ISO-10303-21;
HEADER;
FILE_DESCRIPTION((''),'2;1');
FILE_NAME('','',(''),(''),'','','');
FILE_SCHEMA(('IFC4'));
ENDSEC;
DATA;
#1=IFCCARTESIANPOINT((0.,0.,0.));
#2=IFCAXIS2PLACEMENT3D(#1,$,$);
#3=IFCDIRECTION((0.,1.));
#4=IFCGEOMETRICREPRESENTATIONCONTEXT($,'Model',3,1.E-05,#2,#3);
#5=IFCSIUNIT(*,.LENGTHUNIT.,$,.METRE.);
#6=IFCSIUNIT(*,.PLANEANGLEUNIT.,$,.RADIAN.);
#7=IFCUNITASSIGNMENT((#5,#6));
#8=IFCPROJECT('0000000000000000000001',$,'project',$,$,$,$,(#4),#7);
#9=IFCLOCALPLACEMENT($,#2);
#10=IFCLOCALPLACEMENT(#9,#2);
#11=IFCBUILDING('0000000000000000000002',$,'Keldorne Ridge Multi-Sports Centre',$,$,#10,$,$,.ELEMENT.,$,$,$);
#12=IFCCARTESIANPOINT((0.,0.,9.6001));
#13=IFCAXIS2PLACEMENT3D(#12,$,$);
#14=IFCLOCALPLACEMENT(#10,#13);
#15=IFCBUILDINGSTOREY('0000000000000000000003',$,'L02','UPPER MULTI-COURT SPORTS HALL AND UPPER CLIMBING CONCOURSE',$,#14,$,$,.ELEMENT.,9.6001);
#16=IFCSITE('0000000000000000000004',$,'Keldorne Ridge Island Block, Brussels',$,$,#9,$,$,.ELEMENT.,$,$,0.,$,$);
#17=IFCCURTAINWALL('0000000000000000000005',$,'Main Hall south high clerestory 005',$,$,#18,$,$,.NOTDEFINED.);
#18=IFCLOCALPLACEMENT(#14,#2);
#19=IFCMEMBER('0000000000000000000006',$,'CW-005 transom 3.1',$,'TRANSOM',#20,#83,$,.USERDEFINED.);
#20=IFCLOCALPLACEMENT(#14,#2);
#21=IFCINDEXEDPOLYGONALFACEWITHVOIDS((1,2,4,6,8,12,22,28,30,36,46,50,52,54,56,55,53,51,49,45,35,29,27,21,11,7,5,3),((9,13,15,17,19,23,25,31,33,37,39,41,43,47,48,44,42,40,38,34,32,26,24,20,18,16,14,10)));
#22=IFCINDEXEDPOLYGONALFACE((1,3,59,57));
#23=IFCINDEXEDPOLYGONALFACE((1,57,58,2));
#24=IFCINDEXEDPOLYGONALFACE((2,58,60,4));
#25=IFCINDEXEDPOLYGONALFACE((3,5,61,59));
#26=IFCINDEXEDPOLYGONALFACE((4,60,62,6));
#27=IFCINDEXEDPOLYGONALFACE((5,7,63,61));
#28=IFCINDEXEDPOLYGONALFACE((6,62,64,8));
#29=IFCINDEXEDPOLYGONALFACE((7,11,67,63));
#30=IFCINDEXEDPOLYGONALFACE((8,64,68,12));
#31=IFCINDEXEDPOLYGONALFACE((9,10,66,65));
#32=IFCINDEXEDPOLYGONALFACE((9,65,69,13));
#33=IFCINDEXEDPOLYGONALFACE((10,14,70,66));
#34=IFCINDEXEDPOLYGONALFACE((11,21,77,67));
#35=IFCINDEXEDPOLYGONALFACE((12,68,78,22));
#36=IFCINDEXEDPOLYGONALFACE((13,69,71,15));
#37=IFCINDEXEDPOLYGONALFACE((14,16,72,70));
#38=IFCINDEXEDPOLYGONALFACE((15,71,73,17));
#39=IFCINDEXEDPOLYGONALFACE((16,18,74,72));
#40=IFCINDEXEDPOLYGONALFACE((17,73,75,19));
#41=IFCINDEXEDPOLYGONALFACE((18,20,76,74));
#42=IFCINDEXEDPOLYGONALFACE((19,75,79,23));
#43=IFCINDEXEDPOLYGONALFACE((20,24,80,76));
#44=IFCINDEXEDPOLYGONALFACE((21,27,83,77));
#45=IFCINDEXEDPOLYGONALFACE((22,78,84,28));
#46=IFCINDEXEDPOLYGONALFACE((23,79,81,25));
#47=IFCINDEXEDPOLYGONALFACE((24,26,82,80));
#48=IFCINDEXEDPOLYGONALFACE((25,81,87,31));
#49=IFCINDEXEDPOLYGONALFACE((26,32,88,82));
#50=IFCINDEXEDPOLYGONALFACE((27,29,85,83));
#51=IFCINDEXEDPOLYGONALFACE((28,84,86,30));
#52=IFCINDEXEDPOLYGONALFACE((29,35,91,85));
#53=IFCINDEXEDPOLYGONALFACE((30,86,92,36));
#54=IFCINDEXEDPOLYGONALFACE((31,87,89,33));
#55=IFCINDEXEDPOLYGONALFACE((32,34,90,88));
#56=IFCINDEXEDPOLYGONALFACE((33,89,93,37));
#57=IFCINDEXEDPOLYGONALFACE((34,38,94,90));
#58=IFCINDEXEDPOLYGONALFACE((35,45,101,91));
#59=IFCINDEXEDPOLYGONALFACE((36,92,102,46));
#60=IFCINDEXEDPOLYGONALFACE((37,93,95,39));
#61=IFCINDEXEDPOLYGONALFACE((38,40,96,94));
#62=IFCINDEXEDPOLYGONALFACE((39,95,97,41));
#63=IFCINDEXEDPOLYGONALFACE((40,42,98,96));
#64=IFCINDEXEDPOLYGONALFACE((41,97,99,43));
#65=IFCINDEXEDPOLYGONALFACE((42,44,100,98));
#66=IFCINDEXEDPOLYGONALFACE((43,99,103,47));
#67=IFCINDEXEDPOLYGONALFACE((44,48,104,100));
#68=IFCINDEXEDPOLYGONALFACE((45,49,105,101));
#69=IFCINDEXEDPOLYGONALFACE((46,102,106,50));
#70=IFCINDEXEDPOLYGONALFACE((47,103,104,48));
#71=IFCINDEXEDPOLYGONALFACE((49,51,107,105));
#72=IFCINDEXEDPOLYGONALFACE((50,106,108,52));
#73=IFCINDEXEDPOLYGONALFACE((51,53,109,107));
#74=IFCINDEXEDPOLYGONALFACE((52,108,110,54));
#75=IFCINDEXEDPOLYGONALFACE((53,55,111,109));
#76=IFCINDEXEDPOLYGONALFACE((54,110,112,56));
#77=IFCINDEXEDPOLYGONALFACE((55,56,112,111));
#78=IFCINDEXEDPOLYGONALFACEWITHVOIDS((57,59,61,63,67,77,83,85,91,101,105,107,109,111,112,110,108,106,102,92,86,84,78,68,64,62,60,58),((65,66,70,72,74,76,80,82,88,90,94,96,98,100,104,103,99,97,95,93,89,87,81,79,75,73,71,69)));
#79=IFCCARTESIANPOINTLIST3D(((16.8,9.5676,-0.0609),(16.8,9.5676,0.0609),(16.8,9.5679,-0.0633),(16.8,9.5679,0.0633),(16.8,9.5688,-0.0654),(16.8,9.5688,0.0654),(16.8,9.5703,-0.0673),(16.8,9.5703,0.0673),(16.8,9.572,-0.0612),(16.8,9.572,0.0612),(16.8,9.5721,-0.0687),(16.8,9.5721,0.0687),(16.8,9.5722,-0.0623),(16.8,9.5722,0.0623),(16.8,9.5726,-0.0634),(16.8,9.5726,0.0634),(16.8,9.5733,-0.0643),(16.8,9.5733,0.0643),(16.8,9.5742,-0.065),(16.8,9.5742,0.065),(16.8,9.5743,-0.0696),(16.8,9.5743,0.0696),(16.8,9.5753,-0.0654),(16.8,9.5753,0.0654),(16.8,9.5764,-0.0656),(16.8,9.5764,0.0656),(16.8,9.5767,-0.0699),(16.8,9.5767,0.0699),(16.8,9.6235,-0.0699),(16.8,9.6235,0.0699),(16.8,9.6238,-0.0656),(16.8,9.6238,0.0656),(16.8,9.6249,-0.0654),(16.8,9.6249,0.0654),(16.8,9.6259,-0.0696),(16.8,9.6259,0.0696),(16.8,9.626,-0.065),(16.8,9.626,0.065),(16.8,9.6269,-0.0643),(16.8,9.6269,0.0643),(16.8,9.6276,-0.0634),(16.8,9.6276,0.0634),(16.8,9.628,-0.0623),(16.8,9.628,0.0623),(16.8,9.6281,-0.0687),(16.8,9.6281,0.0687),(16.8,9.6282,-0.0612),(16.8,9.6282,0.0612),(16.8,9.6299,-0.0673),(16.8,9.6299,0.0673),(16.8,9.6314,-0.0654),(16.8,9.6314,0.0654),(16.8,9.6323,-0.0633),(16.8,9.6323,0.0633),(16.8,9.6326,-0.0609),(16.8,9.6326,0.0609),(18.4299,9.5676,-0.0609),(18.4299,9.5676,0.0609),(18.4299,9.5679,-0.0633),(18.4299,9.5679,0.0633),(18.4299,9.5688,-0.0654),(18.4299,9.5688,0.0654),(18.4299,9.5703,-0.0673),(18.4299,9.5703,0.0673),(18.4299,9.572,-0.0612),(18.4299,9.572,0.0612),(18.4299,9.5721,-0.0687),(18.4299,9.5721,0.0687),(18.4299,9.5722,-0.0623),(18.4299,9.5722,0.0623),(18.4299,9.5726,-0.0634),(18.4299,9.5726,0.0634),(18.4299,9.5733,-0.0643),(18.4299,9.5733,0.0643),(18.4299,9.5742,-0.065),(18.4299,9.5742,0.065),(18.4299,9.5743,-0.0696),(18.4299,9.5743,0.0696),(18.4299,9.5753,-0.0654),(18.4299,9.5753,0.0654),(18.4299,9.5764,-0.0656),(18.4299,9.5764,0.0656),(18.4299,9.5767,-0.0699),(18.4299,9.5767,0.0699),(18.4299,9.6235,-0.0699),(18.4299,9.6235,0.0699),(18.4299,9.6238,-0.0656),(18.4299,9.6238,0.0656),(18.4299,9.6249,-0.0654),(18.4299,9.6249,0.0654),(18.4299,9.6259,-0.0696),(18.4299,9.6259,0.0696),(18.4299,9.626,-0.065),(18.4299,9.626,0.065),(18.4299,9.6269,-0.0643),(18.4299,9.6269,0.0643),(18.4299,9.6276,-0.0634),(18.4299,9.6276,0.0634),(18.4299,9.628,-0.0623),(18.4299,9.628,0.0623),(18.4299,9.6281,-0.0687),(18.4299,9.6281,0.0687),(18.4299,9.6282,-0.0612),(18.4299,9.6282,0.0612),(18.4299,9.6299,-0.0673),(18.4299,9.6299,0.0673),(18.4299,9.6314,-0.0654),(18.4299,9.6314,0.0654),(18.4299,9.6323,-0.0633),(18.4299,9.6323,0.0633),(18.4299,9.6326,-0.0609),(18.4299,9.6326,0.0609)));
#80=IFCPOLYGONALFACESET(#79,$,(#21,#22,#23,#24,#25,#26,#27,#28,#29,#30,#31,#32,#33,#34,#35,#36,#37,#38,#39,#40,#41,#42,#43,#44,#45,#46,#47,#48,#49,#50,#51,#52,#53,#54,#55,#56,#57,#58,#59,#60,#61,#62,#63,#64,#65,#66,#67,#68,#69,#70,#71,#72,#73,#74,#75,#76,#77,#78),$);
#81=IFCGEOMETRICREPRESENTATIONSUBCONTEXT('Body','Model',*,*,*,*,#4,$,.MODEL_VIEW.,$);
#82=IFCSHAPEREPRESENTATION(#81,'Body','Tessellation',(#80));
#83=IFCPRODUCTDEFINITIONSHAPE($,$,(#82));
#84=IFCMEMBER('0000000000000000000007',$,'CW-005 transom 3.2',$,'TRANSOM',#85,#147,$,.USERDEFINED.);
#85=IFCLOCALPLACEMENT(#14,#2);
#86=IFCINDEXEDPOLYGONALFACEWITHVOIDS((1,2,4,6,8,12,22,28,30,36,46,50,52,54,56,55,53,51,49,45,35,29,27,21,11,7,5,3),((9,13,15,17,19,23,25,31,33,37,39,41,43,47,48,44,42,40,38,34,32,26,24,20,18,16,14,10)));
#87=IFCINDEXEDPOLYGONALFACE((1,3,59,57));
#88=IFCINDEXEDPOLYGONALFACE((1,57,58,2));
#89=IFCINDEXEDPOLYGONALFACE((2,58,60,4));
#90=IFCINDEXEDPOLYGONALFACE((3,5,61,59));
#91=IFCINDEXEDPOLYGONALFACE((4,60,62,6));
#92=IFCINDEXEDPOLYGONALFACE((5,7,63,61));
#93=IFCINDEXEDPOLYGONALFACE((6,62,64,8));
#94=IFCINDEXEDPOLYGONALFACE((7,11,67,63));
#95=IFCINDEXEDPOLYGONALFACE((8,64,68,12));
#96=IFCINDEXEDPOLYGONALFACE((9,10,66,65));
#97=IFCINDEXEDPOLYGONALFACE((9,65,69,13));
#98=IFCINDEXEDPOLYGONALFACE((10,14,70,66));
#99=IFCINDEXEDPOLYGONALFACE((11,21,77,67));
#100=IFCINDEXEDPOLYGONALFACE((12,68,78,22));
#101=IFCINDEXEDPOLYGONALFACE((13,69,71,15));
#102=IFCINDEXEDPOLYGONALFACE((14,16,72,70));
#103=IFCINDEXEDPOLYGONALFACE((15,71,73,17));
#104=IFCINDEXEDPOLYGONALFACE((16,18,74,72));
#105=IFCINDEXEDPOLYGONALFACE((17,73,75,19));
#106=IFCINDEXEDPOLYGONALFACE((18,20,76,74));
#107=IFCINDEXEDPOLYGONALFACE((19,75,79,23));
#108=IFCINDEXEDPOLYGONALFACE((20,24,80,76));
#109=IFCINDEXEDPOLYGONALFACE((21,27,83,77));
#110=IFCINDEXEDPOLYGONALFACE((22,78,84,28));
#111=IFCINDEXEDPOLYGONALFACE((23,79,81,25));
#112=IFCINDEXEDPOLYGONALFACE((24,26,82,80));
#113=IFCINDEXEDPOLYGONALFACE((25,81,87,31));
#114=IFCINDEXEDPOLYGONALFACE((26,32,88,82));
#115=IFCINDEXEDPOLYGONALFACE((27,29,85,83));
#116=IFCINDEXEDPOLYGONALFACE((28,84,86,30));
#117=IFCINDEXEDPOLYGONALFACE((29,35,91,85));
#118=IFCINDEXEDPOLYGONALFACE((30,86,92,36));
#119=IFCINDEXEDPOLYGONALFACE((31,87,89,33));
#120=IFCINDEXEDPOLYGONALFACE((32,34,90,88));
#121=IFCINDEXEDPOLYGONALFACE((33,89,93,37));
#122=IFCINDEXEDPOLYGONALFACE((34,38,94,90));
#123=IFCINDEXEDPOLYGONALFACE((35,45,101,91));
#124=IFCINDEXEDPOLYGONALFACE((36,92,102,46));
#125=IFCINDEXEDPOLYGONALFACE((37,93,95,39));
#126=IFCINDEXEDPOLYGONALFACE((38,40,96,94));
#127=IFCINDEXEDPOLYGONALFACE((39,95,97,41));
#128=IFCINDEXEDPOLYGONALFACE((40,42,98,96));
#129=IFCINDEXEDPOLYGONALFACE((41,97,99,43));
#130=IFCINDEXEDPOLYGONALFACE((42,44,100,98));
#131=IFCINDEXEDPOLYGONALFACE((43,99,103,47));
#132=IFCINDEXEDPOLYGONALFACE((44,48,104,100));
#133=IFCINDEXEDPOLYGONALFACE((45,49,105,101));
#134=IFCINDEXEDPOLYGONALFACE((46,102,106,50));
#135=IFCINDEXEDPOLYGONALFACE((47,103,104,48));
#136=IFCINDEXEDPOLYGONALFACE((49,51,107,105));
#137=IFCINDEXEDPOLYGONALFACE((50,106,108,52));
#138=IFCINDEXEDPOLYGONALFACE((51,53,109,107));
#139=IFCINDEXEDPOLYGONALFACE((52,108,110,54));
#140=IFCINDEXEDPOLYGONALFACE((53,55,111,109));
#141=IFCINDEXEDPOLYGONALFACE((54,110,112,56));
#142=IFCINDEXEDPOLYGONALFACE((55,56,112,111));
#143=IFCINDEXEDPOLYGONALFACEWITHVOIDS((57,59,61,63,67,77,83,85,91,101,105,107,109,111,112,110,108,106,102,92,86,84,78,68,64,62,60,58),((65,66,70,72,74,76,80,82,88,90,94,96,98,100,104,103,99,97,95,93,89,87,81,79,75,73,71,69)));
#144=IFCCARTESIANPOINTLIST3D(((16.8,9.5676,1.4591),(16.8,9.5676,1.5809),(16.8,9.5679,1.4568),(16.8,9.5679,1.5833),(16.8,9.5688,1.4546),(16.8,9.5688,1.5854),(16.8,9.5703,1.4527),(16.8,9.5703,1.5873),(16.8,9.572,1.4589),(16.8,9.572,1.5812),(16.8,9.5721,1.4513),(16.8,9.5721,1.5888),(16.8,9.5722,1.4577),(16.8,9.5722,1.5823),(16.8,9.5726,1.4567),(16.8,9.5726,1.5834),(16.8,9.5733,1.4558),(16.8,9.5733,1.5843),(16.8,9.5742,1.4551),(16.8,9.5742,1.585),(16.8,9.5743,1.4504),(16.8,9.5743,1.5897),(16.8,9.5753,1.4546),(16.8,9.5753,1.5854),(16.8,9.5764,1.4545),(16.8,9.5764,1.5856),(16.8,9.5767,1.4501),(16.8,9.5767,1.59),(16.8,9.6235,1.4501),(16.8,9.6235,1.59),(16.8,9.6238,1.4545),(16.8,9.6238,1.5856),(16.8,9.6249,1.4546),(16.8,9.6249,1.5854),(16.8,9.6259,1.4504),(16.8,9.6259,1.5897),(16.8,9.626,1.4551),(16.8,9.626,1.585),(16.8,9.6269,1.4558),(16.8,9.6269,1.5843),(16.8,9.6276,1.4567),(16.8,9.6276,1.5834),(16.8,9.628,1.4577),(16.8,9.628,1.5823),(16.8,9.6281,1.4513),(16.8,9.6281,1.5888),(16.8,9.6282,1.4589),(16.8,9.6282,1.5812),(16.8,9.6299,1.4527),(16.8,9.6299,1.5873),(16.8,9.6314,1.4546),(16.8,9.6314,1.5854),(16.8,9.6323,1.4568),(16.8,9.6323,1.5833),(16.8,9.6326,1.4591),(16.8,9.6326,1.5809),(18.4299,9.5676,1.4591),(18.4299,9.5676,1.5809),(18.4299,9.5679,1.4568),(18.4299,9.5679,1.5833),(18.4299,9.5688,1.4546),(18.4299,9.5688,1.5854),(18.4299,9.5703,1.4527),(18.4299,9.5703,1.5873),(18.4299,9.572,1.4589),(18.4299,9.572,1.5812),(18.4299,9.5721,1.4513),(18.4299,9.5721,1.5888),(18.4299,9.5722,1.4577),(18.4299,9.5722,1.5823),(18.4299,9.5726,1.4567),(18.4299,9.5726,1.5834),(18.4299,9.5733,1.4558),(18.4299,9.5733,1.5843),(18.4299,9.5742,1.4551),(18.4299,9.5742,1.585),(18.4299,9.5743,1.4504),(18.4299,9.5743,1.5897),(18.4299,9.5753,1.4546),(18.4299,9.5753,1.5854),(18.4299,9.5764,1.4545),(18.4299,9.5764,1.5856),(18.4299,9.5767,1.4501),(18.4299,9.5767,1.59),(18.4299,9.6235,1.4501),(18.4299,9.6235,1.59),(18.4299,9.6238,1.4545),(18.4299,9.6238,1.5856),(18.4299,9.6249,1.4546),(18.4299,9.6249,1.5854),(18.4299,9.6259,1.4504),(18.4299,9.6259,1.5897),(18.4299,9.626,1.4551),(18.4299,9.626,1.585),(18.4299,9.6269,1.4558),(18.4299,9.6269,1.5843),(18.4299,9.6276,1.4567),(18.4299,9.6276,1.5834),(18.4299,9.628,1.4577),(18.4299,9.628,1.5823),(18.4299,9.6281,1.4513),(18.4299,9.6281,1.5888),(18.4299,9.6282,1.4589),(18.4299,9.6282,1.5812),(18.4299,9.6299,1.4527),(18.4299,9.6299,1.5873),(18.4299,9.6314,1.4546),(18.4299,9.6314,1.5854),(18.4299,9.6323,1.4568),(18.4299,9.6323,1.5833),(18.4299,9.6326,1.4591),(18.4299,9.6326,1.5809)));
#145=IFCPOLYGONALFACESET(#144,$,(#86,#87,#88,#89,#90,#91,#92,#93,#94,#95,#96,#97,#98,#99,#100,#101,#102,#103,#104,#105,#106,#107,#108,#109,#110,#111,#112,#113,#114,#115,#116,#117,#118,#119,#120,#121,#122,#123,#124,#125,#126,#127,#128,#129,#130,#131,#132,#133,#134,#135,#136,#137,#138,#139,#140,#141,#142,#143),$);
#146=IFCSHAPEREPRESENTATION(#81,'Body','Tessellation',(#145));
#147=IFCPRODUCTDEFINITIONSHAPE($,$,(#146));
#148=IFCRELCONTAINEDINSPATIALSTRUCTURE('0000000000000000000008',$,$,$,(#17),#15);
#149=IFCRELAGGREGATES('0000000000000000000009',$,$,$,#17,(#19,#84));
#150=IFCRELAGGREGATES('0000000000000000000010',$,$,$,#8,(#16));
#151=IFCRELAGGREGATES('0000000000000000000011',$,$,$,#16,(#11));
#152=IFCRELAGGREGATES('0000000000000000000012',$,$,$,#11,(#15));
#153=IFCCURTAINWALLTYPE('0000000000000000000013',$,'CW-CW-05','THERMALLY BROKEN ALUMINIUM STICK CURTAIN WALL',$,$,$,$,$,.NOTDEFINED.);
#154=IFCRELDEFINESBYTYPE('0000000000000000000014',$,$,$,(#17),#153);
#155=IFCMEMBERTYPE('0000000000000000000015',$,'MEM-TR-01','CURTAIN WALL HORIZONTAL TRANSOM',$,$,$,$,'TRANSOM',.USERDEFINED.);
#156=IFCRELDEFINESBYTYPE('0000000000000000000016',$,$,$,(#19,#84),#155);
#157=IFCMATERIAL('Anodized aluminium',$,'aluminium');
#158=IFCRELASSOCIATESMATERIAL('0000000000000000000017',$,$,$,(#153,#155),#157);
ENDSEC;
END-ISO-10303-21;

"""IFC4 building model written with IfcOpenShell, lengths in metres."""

from ifc_helpers import new_model, si_unit, direction, frame, origin, origin_2d, place, context, subcontext, project, spatial, hollow_rectangle, extrude, material, material_profile, profile_set, type_object, element, aggregate, save


model = new_model("IFC4")

# Units and contexts
model_context = context("Model", 3, precision=1e-05, world=origin(), true_north=direction((0.0, 1.0)))
body_context = subcontext(model_context, "Body", "Model", "MODEL_VIEW")
ifc_project = project(units=[si_unit("LENGTHUNIT", "METRE"), si_unit("PLANEANGLEUNIT", "RADIAN")], contexts=[model_context])

# Site, building, storey
site_placement = place(None, origin())
site = spatial("IfcSite", under=ifc_project, at=site_placement, Name="Keldorne Ridge Island Block, Brussels", CompositionType="ELEMENT", RefElevation=0.0)
building_placement = place(site_placement, origin())
building = spatial("IfcBuilding", under=site, at=building_placement, Name="Keldorne Ridge Multi-Sports Centre", CompositionType="ELEMENT")
storey_placement = place(building_placement, frame((0.0, 0.0, 9.6001)))
storey = spatial("IfcBuildingStorey", under=building, at=storey_placement, Name="L02", Description="UPPER MULTI-COURT SPORTS HALL AND UPPER CLIMBING CONCOURSE", CompositionType="ELEMENT", Elevation=9.6001)

# Curtain wall, members
ifc_material_1 = material(Name="Anodized aluminium", Category="aluminium")
curtain_wall_type = type_object("IfcCurtainWallType", Name="CW-CW-05", Description="THERMALLY BROKEN ALUMINIUM STICK CURTAIN WALL", PredefinedType="NOTDEFINED", material=ifc_material_1)
curtain_wall_placement = place(storey_placement, origin())
curtain_wall = element("IfcCurtainWall", 1, at=curtain_wall_placement, inside=storey, type_object=curtain_wall_type, Name="Main Hall south high clerestory 005", PredefinedType="NOTDEFINED")
ifc_material_profile_1 = material_profile(ifc_material_1, hollow_rectangle(XDim=0.0649, YDim=0.1399, WallThickness=0.0044, InnerFilletRadius=0.0044, OuterFilletRadius=0.009, at=origin_2d()), Name="ALU TRANSOM 140x65x4.5")
ifc_profile_set_1 = profile_set([ifc_material_profile_1], Name="Anodized aluminium")
member_type_1 = type_object("IfcMemberType", Name="MEM-TR-01", Description="CURTAIN WALL HORIZONTAL TRANSOM", ElementType="TRANSOM", PredefinedType="USERDEFINED", material=ifc_profile_set_1)
member_1_placement = place(storey_placement, frame((16.8, 9.6001, 0.0), z_axis=(1.0, 0.0, 0.0), x_axis=(0.0, 1.0, 0.0)))
member_1 = element("IfcMember", 2, at=member_1_placement, type_object=member_type_1, Name="CW-005 transom 3.1", ObjectType="TRANSOM", PredefinedType="USERDEFINED", context=body_context, shape_type="SweptSolid", body=[
    extrude(hollow_rectangle(XDim=0.0649, YDim=0.1399, WallThickness=0.0044, InnerFilletRadius=0.0044, OuterFilletRadius=0.009, at=origin_2d()), origin(), (0.0, 0.0, 1.0), 1.6299),
])
member_2_placement = place(storey_placement, frame((16.8, 9.6001, 1.52), z_axis=(1.0, 0.0, 0.0), x_axis=(0.0, 1.0, 0.0)))
member_2 = element("IfcMember", 3, at=member_2_placement, type_object=member_type_1, Name="CW-005 transom 3.2", ObjectType="TRANSOM", PredefinedType="USERDEFINED", context=body_context, shape_type="SweptSolid", body=[
    extrude(hollow_rectangle(XDim=0.0649, YDim=0.1399, WallThickness=0.0044, InnerFilletRadius=0.0044, OuterFilletRadius=0.009, at=origin_2d()), origin(), (0.0, 0.0, 1.0), 1.6299),
])
aggregate(curtain_wall, [member_1, member_2])

save(model, "model.ifc")
